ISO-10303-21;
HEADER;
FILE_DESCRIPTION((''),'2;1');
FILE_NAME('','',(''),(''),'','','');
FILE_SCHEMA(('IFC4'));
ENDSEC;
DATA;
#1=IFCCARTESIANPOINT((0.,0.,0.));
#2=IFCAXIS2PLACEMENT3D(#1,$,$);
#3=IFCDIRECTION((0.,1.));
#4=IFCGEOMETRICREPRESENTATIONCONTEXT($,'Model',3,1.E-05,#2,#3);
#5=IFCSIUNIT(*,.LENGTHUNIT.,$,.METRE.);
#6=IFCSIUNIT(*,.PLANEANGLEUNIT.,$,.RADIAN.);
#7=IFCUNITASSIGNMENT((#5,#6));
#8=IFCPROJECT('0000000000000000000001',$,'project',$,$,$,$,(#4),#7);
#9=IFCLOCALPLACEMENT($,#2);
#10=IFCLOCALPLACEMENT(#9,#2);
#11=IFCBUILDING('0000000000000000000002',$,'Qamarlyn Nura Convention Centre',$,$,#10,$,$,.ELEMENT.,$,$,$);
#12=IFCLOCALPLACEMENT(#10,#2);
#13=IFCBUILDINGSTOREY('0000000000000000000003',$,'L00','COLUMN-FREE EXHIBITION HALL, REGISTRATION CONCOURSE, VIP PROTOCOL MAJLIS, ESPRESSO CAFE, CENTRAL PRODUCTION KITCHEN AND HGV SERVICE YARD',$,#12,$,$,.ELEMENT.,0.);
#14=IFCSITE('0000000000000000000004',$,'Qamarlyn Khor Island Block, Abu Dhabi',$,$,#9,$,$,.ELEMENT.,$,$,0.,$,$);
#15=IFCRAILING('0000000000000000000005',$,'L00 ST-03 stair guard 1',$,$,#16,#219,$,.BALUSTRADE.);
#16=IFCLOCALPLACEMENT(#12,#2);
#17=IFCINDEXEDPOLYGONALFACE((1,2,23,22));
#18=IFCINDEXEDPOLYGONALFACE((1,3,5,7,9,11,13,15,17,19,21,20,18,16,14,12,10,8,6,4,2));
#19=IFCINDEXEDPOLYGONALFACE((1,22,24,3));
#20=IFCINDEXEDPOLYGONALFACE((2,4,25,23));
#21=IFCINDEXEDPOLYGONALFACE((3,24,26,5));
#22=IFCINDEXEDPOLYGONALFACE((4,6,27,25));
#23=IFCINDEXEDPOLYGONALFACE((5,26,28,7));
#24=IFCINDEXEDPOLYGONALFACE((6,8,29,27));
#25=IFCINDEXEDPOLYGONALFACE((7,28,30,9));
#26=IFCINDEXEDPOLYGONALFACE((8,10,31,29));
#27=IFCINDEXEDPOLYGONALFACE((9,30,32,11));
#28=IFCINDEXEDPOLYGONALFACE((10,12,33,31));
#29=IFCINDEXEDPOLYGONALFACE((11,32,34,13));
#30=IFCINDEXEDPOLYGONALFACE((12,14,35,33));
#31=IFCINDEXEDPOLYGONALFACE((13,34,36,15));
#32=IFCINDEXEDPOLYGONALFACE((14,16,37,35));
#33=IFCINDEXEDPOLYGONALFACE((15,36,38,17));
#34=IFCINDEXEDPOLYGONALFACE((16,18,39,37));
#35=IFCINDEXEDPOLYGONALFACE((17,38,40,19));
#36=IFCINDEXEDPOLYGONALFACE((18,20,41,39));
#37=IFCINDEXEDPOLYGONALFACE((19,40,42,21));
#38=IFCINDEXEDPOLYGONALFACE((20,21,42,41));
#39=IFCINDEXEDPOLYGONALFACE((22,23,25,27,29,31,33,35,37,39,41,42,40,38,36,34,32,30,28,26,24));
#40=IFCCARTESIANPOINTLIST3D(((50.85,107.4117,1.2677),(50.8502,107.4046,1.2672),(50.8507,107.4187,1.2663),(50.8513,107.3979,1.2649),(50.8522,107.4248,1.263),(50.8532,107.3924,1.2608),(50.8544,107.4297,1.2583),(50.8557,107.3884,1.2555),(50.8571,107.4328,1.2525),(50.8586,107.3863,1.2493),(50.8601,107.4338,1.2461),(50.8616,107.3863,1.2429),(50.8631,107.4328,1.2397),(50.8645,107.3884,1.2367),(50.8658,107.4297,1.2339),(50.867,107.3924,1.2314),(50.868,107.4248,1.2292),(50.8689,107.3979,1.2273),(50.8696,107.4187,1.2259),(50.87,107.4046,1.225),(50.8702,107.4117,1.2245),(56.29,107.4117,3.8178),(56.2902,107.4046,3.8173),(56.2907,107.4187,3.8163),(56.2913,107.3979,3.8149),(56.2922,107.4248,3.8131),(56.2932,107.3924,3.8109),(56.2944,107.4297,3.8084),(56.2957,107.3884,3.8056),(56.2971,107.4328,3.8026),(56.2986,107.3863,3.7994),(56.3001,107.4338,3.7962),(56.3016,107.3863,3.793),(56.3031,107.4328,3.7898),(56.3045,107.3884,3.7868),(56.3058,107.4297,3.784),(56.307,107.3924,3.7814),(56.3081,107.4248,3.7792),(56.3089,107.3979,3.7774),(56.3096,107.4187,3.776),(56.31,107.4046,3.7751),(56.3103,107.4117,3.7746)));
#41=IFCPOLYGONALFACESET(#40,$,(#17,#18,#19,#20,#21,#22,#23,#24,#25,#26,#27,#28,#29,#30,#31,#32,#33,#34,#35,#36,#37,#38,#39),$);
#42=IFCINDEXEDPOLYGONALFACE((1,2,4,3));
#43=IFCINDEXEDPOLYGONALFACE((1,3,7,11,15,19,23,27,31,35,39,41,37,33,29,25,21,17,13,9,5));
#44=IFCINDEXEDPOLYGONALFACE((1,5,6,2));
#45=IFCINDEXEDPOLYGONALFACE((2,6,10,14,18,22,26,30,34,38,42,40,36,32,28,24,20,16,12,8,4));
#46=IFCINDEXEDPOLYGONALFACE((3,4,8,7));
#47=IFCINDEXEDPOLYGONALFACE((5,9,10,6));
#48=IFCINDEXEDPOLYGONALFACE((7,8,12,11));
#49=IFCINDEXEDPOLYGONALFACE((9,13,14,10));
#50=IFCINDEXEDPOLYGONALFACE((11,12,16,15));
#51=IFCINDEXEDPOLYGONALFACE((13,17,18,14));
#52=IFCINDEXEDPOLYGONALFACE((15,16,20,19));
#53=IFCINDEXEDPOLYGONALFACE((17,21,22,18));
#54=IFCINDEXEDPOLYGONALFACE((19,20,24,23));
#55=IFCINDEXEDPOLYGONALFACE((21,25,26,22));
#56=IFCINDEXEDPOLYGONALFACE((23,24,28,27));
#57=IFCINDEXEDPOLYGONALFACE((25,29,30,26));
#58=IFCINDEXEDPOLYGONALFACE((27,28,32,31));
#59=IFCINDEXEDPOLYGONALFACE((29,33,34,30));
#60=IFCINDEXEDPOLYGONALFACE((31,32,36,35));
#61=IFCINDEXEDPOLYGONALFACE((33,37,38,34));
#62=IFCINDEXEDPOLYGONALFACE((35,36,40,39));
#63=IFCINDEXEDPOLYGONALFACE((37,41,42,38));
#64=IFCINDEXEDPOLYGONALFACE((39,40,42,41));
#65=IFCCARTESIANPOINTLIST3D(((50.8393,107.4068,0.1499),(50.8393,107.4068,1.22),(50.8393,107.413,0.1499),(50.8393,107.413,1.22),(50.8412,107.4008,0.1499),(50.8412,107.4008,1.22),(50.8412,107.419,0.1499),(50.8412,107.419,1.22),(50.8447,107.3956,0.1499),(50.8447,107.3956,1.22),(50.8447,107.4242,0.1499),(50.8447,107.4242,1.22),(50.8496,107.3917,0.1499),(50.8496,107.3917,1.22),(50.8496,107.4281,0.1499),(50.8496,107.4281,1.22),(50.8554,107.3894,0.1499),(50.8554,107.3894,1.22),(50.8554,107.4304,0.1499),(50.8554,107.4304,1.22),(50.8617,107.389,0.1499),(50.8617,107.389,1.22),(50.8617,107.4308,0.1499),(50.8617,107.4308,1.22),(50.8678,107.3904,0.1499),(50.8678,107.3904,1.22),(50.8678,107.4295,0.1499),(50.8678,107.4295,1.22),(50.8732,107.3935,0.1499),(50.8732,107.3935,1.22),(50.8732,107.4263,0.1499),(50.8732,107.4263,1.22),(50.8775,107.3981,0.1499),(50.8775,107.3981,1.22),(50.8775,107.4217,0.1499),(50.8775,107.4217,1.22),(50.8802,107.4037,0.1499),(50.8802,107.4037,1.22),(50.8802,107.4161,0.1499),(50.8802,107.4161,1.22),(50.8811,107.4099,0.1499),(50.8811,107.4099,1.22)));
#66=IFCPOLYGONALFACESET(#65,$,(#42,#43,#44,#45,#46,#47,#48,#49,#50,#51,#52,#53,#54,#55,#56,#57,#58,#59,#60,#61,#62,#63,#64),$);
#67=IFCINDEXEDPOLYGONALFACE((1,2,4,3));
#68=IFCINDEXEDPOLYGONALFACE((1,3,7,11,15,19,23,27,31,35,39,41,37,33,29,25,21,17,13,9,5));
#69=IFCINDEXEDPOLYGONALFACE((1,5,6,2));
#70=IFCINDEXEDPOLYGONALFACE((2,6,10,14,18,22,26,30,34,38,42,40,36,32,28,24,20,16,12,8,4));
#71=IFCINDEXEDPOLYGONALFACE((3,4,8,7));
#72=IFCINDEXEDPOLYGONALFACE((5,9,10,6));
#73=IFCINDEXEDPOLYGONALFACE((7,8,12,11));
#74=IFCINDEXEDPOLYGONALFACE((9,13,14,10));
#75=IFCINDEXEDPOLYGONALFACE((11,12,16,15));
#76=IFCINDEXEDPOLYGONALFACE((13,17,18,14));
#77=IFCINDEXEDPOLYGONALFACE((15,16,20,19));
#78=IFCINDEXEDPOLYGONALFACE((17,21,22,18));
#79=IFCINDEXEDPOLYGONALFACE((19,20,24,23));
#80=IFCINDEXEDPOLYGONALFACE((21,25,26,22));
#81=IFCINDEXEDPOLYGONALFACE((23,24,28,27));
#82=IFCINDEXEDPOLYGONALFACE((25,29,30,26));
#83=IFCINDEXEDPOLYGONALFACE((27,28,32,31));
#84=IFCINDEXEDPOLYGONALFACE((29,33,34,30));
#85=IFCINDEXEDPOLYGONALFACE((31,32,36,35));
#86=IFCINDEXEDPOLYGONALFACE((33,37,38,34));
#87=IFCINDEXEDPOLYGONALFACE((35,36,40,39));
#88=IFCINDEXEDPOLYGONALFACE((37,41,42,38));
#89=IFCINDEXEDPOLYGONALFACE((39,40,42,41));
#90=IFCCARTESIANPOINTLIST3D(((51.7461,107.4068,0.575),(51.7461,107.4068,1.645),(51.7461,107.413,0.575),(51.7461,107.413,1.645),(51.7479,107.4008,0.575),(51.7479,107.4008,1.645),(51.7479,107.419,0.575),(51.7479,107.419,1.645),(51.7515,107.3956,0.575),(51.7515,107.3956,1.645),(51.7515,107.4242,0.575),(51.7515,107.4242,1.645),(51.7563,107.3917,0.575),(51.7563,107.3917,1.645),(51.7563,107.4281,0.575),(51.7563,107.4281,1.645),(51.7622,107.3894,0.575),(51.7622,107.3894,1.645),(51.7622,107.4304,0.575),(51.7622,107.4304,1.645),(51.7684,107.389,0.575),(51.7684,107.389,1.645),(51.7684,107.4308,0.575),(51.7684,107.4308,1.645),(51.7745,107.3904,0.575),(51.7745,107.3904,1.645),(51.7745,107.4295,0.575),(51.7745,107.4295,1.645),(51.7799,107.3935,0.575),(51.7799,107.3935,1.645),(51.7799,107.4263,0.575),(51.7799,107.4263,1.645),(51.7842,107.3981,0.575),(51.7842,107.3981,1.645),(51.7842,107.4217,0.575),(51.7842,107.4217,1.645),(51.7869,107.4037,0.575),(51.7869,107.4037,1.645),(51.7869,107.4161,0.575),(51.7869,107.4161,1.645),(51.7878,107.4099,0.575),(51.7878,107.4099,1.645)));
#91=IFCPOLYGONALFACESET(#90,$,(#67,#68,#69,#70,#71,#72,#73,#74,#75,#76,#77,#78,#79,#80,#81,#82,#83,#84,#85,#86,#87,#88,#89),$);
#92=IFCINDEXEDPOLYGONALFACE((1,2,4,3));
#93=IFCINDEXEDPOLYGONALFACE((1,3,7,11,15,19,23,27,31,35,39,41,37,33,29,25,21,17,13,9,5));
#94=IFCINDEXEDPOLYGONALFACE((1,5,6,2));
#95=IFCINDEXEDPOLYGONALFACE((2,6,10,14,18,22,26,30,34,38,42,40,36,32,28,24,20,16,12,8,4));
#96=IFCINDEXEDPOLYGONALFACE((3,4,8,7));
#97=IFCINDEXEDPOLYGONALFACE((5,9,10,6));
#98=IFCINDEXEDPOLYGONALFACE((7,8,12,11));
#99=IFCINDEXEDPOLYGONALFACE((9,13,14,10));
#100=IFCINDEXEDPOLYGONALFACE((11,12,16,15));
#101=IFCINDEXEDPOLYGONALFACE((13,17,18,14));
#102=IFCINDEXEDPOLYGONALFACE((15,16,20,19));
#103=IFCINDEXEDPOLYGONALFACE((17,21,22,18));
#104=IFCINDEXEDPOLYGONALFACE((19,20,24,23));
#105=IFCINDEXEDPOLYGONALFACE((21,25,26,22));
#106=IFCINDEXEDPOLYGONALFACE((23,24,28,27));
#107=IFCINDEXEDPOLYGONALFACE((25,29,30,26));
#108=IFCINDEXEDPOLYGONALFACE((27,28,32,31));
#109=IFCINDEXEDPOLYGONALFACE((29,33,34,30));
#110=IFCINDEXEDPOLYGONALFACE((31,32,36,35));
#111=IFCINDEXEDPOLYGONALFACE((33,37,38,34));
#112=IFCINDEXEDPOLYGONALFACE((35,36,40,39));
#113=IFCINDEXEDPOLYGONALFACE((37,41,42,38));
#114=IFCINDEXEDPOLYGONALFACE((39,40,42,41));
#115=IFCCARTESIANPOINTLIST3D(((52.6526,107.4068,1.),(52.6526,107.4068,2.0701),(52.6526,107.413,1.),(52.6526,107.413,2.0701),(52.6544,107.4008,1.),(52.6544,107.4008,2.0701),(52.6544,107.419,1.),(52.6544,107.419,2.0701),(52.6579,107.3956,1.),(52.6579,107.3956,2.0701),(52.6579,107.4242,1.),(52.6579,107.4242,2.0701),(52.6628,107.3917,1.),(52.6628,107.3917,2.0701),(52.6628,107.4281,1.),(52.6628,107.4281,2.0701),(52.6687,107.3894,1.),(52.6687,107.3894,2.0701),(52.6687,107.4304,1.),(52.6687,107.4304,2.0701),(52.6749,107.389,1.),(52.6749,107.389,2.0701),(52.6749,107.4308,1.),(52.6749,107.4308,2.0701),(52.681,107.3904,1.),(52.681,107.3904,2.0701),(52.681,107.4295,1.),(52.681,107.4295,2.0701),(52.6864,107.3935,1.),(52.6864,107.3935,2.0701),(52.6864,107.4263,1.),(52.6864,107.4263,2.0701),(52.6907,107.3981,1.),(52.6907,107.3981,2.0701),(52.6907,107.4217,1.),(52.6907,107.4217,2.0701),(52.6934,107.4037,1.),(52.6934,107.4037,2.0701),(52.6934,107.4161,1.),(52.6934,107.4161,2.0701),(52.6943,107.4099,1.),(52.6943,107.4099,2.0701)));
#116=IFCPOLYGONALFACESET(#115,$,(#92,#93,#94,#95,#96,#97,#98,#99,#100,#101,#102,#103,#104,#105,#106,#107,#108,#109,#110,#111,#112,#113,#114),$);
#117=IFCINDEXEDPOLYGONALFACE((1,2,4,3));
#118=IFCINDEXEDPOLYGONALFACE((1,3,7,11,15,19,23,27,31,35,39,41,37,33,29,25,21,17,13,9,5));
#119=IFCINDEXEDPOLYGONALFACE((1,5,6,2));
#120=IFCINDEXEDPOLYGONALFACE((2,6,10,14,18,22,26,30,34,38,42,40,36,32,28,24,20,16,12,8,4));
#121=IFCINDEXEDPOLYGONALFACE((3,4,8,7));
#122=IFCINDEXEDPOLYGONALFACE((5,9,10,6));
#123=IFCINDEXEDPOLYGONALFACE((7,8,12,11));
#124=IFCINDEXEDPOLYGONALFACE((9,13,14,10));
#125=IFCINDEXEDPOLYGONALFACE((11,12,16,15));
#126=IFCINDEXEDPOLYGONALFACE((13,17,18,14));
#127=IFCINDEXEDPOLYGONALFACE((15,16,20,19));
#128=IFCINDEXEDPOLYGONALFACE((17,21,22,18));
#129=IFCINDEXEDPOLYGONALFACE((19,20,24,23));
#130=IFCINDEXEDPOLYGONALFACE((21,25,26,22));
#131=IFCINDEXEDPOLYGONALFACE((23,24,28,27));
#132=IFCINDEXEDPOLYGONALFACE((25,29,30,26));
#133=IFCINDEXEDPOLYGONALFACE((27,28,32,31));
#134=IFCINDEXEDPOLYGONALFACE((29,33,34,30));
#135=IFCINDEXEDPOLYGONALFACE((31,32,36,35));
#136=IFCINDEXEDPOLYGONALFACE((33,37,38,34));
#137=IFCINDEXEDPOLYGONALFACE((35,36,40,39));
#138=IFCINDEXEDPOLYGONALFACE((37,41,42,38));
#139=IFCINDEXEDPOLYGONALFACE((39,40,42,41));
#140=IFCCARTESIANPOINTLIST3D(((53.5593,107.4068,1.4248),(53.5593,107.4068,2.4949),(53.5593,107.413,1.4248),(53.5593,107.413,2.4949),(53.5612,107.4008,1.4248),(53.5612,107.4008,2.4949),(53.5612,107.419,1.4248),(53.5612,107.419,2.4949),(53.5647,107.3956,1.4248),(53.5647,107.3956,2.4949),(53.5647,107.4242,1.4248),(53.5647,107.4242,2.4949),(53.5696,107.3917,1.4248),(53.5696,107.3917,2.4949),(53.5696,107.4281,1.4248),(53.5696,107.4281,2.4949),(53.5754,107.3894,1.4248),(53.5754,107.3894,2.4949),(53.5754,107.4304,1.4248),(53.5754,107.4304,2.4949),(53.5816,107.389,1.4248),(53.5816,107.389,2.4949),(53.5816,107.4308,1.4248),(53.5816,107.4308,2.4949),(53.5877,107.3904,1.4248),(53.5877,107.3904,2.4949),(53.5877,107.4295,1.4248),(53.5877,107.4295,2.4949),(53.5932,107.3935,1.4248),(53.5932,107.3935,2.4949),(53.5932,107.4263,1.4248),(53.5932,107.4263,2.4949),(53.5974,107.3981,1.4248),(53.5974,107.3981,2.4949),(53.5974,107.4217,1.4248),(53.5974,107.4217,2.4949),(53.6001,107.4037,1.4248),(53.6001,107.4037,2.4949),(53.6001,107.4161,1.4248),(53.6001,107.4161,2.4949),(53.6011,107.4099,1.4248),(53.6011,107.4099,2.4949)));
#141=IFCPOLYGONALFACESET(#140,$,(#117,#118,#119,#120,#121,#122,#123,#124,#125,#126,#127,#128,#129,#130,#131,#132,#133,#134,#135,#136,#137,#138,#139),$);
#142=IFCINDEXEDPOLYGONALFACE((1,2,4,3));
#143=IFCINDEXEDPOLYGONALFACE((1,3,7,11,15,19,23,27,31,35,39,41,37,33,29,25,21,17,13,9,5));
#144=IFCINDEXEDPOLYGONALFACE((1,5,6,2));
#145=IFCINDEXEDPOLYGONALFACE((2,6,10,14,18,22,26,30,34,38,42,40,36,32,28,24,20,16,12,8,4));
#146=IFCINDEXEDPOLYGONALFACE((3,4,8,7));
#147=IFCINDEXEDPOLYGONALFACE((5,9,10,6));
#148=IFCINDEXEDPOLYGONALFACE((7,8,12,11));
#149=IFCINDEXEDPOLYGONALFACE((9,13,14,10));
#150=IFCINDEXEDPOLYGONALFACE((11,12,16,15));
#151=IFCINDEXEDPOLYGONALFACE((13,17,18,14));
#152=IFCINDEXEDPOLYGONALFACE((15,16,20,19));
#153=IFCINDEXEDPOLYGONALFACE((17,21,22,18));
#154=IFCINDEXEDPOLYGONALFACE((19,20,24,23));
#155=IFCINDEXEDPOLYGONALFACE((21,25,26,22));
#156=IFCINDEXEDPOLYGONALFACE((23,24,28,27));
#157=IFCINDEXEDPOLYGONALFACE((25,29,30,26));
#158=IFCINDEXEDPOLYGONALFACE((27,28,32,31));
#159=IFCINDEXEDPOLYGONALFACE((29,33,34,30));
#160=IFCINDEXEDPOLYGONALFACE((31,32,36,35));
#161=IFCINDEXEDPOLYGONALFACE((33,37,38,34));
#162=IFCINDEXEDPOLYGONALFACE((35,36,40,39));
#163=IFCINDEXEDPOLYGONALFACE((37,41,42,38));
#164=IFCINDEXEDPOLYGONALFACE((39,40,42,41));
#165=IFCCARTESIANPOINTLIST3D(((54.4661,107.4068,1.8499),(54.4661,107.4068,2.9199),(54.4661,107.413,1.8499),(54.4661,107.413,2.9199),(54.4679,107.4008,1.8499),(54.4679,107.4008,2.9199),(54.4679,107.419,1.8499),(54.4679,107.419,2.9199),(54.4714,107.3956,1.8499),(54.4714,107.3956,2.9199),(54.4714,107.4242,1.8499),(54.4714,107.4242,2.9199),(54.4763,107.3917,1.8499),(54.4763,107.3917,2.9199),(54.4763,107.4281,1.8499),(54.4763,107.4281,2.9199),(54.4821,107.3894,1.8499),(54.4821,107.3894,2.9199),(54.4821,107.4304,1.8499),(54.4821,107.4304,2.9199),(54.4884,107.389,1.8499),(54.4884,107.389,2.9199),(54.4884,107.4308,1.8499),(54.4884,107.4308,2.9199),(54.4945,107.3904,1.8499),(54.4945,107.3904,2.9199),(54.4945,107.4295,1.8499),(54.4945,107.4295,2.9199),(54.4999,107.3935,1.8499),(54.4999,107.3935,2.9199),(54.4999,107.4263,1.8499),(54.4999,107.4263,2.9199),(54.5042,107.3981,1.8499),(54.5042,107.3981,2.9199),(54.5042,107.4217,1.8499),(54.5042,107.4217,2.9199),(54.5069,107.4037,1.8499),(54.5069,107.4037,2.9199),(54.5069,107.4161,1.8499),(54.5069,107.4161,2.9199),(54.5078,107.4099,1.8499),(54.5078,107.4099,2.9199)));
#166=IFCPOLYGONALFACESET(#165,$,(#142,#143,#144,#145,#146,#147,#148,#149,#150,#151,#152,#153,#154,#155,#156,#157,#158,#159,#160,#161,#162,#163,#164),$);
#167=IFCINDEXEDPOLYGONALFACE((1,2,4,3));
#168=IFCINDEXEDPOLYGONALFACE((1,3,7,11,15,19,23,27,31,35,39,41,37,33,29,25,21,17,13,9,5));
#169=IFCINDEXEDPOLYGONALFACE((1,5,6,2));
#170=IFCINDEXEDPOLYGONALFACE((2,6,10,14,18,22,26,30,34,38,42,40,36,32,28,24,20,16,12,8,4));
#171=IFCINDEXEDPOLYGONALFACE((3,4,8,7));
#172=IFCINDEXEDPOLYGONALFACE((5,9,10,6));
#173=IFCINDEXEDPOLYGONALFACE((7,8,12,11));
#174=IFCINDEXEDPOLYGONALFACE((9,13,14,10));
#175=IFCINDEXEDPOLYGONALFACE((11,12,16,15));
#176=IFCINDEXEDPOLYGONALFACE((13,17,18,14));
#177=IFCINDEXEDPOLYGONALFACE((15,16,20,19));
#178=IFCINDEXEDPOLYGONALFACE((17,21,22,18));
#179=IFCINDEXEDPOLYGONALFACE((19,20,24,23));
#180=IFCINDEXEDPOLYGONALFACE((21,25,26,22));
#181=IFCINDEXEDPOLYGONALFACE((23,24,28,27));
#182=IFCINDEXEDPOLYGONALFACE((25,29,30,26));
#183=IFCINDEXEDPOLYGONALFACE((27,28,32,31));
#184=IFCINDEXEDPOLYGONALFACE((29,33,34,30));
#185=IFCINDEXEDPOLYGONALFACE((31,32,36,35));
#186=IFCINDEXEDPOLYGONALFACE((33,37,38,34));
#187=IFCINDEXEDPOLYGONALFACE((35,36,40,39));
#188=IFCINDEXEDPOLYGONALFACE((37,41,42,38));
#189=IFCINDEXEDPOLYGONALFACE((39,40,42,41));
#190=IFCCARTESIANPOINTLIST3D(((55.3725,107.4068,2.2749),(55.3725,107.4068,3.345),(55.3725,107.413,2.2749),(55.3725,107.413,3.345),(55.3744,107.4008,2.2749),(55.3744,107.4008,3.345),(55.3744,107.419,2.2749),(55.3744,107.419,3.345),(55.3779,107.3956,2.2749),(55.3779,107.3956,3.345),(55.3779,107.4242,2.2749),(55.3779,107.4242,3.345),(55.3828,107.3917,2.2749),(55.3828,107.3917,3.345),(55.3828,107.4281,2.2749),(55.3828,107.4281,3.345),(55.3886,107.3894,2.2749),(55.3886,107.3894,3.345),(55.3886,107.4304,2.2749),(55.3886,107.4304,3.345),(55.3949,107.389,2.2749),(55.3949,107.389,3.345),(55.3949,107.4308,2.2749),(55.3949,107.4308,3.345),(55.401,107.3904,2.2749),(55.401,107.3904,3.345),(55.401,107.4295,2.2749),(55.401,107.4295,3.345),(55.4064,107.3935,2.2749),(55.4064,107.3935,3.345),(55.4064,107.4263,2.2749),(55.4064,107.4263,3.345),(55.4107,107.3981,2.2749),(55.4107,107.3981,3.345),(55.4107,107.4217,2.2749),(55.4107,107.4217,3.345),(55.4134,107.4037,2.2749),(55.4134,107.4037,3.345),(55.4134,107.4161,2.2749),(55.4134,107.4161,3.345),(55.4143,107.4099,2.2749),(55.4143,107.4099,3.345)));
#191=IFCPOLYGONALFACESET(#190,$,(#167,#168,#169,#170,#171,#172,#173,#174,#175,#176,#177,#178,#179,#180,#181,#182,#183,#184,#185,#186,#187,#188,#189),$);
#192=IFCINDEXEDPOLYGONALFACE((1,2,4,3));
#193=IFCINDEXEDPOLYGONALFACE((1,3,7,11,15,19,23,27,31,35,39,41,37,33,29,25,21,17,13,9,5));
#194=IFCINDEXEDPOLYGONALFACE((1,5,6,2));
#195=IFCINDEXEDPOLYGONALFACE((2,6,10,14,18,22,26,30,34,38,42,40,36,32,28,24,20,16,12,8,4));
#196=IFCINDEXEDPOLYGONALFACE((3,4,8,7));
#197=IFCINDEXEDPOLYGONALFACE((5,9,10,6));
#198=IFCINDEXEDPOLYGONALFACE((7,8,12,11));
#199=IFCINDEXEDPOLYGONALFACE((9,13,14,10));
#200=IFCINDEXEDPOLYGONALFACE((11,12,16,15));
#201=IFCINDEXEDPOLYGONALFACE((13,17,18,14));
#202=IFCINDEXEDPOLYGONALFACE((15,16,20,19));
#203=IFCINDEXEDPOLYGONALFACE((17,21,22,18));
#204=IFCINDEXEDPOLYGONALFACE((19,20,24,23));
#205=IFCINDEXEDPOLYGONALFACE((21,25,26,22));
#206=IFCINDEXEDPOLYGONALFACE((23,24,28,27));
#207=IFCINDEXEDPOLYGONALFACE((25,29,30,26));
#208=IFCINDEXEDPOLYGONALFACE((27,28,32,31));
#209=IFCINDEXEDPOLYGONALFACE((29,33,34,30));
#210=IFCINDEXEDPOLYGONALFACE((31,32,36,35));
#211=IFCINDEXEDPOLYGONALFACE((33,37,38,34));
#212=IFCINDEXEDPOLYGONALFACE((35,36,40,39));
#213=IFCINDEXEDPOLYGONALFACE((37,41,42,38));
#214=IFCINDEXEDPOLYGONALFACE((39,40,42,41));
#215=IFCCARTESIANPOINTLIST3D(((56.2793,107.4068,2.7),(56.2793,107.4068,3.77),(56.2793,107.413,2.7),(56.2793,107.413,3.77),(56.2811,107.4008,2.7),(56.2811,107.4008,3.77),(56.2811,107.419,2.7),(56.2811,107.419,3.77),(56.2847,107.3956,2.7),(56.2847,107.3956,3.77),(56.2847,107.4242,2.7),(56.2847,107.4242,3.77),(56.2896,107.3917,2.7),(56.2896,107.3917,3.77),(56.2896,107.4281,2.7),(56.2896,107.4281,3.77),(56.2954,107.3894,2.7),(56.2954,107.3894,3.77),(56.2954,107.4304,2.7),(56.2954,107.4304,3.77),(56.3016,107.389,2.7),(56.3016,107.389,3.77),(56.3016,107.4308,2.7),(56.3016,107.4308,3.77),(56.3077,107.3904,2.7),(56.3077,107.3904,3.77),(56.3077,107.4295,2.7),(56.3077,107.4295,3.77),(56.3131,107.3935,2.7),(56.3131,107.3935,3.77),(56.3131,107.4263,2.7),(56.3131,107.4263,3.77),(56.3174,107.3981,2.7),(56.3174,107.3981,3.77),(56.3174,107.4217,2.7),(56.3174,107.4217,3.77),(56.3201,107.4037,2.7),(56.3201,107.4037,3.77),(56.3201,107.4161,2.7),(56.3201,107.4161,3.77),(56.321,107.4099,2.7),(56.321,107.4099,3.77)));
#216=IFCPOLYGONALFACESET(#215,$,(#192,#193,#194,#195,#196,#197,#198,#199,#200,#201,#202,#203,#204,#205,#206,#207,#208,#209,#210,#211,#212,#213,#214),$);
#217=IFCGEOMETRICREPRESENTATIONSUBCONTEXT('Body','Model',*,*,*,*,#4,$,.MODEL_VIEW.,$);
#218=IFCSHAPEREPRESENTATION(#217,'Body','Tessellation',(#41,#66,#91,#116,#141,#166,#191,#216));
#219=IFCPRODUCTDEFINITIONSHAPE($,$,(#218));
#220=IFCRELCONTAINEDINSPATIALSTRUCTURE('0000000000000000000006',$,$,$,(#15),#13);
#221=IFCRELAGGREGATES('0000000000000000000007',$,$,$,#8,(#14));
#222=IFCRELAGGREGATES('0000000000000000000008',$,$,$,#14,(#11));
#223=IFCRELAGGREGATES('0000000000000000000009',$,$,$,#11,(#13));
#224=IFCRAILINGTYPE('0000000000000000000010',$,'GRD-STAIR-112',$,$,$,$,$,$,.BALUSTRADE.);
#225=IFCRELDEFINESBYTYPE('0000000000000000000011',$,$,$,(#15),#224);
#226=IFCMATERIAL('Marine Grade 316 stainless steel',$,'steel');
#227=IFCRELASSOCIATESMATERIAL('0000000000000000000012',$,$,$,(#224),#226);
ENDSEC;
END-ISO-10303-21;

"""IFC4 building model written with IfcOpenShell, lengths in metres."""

from ifc_helpers import new_model, si_unit, direction, frame, origin, origin_2d, place, context, subcontext, project, spatial, circle, extrude, material, type_object, element, save


model = new_model("IFC4")

# Units and contexts
model_context = context("Model", 3, precision=1e-05, world=origin(), true_north=direction((0.0, 1.0)))
body_context = subcontext(model_context, "Body", "Model", "MODEL_VIEW")
ifc_project = project(units=[si_unit("LENGTHUNIT", "METRE"), si_unit("PLANEANGLEUNIT", "RADIAN")], contexts=[model_context])

# Site, building, storey
site_placement = place(None, origin())
site = spatial("IfcSite", under=ifc_project, at=site_placement, Name="Qamarlyn Khor Island Block, Abu Dhabi", CompositionType="ELEMENT", RefElevation=0.0)
building_placement = place(site_placement, origin())
building = spatial("IfcBuilding", under=site, at=building_placement, Name="Qamarlyn Nura Convention Centre", CompositionType="ELEMENT")
storey_placement = place(building_placement, origin())
storey = spatial("IfcBuildingStorey", under=building, at=storey_placement, Name="L00", Description="COLUMN-FREE EXHIBITION HALL, REGISTRATION CONCOURSE, VIP PROTOCOL MAJLIS, ESPRESSO CAFE, CENTRAL PRODUCTION KITCHEN AND HGV SERVICE YARD", CompositionType="ELEMENT", Elevation=0.0)

# Railing
ifc_material_1 = material(Name="Marine Grade 316 stainless steel", Category="steel")
railing_type_1 = type_object("IfcRailingType", Name="GRD-STAIR-112", PredefinedType="BALUSTRADE", material=ifc_material_1)
for number, where, name in (
    (1, (50.8601, 107.4099, 0.1499), "L00 ST-03 stair guard 1"),
):
    element("IfcRailing", number, at=place(storey_placement, frame(where)), inside=storey, type_object=railing_type_1, Name=name, PredefinedType="BALUSTRADE", context=body_context, shape_type="SweptSolid", body=[
        extrude(circle(Radius=0.0239, at=origin_2d()), frame((0.0, 0.0, 1.0962), z_axis=(0.905454, 0.0, 0.424444), x_axis=(0.0, 1.0, 0.0)), (0.0, 0.0, 1.0), 6.0081),
        extrude(circle(Radius=0.021, at=origin_2d()), origin(), (0.0, 0.0, 1.0), 1.0701),
        extrude(circle(Radius=0.021, at=origin_2d()), frame((0.9067, 0.0, 0.425)), (0.0, 0.0, 1.0), 1.0701),
        extrude(circle(Radius=0.021, at=origin_2d()), frame((1.8132, 0.0, 0.8501)), (0.0, 0.0, 1.0), 1.0701),
        extrude(circle(Radius=0.021, at=origin_2d()), frame((2.72, 0.0, 1.2749)), (0.0, 0.0, 1.0), 1.0701),
        extrude(circle(Radius=0.021, at=origin_2d()), frame((3.6267, 0.0, 1.7)), (0.0, 0.0, 1.0), 1.0701),
        extrude(circle(Radius=0.021, at=origin_2d()), frame((4.5332, 0.0, 2.125)), (0.0, 0.0, 1.0), 1.0701),
        extrude(circle(Radius=0.021, at=origin_2d()), frame((5.4399, 0.0, 2.55)), (0.0, 0.0, 1.0), 1.0701),
    ])

save(model, "model.ifc")
